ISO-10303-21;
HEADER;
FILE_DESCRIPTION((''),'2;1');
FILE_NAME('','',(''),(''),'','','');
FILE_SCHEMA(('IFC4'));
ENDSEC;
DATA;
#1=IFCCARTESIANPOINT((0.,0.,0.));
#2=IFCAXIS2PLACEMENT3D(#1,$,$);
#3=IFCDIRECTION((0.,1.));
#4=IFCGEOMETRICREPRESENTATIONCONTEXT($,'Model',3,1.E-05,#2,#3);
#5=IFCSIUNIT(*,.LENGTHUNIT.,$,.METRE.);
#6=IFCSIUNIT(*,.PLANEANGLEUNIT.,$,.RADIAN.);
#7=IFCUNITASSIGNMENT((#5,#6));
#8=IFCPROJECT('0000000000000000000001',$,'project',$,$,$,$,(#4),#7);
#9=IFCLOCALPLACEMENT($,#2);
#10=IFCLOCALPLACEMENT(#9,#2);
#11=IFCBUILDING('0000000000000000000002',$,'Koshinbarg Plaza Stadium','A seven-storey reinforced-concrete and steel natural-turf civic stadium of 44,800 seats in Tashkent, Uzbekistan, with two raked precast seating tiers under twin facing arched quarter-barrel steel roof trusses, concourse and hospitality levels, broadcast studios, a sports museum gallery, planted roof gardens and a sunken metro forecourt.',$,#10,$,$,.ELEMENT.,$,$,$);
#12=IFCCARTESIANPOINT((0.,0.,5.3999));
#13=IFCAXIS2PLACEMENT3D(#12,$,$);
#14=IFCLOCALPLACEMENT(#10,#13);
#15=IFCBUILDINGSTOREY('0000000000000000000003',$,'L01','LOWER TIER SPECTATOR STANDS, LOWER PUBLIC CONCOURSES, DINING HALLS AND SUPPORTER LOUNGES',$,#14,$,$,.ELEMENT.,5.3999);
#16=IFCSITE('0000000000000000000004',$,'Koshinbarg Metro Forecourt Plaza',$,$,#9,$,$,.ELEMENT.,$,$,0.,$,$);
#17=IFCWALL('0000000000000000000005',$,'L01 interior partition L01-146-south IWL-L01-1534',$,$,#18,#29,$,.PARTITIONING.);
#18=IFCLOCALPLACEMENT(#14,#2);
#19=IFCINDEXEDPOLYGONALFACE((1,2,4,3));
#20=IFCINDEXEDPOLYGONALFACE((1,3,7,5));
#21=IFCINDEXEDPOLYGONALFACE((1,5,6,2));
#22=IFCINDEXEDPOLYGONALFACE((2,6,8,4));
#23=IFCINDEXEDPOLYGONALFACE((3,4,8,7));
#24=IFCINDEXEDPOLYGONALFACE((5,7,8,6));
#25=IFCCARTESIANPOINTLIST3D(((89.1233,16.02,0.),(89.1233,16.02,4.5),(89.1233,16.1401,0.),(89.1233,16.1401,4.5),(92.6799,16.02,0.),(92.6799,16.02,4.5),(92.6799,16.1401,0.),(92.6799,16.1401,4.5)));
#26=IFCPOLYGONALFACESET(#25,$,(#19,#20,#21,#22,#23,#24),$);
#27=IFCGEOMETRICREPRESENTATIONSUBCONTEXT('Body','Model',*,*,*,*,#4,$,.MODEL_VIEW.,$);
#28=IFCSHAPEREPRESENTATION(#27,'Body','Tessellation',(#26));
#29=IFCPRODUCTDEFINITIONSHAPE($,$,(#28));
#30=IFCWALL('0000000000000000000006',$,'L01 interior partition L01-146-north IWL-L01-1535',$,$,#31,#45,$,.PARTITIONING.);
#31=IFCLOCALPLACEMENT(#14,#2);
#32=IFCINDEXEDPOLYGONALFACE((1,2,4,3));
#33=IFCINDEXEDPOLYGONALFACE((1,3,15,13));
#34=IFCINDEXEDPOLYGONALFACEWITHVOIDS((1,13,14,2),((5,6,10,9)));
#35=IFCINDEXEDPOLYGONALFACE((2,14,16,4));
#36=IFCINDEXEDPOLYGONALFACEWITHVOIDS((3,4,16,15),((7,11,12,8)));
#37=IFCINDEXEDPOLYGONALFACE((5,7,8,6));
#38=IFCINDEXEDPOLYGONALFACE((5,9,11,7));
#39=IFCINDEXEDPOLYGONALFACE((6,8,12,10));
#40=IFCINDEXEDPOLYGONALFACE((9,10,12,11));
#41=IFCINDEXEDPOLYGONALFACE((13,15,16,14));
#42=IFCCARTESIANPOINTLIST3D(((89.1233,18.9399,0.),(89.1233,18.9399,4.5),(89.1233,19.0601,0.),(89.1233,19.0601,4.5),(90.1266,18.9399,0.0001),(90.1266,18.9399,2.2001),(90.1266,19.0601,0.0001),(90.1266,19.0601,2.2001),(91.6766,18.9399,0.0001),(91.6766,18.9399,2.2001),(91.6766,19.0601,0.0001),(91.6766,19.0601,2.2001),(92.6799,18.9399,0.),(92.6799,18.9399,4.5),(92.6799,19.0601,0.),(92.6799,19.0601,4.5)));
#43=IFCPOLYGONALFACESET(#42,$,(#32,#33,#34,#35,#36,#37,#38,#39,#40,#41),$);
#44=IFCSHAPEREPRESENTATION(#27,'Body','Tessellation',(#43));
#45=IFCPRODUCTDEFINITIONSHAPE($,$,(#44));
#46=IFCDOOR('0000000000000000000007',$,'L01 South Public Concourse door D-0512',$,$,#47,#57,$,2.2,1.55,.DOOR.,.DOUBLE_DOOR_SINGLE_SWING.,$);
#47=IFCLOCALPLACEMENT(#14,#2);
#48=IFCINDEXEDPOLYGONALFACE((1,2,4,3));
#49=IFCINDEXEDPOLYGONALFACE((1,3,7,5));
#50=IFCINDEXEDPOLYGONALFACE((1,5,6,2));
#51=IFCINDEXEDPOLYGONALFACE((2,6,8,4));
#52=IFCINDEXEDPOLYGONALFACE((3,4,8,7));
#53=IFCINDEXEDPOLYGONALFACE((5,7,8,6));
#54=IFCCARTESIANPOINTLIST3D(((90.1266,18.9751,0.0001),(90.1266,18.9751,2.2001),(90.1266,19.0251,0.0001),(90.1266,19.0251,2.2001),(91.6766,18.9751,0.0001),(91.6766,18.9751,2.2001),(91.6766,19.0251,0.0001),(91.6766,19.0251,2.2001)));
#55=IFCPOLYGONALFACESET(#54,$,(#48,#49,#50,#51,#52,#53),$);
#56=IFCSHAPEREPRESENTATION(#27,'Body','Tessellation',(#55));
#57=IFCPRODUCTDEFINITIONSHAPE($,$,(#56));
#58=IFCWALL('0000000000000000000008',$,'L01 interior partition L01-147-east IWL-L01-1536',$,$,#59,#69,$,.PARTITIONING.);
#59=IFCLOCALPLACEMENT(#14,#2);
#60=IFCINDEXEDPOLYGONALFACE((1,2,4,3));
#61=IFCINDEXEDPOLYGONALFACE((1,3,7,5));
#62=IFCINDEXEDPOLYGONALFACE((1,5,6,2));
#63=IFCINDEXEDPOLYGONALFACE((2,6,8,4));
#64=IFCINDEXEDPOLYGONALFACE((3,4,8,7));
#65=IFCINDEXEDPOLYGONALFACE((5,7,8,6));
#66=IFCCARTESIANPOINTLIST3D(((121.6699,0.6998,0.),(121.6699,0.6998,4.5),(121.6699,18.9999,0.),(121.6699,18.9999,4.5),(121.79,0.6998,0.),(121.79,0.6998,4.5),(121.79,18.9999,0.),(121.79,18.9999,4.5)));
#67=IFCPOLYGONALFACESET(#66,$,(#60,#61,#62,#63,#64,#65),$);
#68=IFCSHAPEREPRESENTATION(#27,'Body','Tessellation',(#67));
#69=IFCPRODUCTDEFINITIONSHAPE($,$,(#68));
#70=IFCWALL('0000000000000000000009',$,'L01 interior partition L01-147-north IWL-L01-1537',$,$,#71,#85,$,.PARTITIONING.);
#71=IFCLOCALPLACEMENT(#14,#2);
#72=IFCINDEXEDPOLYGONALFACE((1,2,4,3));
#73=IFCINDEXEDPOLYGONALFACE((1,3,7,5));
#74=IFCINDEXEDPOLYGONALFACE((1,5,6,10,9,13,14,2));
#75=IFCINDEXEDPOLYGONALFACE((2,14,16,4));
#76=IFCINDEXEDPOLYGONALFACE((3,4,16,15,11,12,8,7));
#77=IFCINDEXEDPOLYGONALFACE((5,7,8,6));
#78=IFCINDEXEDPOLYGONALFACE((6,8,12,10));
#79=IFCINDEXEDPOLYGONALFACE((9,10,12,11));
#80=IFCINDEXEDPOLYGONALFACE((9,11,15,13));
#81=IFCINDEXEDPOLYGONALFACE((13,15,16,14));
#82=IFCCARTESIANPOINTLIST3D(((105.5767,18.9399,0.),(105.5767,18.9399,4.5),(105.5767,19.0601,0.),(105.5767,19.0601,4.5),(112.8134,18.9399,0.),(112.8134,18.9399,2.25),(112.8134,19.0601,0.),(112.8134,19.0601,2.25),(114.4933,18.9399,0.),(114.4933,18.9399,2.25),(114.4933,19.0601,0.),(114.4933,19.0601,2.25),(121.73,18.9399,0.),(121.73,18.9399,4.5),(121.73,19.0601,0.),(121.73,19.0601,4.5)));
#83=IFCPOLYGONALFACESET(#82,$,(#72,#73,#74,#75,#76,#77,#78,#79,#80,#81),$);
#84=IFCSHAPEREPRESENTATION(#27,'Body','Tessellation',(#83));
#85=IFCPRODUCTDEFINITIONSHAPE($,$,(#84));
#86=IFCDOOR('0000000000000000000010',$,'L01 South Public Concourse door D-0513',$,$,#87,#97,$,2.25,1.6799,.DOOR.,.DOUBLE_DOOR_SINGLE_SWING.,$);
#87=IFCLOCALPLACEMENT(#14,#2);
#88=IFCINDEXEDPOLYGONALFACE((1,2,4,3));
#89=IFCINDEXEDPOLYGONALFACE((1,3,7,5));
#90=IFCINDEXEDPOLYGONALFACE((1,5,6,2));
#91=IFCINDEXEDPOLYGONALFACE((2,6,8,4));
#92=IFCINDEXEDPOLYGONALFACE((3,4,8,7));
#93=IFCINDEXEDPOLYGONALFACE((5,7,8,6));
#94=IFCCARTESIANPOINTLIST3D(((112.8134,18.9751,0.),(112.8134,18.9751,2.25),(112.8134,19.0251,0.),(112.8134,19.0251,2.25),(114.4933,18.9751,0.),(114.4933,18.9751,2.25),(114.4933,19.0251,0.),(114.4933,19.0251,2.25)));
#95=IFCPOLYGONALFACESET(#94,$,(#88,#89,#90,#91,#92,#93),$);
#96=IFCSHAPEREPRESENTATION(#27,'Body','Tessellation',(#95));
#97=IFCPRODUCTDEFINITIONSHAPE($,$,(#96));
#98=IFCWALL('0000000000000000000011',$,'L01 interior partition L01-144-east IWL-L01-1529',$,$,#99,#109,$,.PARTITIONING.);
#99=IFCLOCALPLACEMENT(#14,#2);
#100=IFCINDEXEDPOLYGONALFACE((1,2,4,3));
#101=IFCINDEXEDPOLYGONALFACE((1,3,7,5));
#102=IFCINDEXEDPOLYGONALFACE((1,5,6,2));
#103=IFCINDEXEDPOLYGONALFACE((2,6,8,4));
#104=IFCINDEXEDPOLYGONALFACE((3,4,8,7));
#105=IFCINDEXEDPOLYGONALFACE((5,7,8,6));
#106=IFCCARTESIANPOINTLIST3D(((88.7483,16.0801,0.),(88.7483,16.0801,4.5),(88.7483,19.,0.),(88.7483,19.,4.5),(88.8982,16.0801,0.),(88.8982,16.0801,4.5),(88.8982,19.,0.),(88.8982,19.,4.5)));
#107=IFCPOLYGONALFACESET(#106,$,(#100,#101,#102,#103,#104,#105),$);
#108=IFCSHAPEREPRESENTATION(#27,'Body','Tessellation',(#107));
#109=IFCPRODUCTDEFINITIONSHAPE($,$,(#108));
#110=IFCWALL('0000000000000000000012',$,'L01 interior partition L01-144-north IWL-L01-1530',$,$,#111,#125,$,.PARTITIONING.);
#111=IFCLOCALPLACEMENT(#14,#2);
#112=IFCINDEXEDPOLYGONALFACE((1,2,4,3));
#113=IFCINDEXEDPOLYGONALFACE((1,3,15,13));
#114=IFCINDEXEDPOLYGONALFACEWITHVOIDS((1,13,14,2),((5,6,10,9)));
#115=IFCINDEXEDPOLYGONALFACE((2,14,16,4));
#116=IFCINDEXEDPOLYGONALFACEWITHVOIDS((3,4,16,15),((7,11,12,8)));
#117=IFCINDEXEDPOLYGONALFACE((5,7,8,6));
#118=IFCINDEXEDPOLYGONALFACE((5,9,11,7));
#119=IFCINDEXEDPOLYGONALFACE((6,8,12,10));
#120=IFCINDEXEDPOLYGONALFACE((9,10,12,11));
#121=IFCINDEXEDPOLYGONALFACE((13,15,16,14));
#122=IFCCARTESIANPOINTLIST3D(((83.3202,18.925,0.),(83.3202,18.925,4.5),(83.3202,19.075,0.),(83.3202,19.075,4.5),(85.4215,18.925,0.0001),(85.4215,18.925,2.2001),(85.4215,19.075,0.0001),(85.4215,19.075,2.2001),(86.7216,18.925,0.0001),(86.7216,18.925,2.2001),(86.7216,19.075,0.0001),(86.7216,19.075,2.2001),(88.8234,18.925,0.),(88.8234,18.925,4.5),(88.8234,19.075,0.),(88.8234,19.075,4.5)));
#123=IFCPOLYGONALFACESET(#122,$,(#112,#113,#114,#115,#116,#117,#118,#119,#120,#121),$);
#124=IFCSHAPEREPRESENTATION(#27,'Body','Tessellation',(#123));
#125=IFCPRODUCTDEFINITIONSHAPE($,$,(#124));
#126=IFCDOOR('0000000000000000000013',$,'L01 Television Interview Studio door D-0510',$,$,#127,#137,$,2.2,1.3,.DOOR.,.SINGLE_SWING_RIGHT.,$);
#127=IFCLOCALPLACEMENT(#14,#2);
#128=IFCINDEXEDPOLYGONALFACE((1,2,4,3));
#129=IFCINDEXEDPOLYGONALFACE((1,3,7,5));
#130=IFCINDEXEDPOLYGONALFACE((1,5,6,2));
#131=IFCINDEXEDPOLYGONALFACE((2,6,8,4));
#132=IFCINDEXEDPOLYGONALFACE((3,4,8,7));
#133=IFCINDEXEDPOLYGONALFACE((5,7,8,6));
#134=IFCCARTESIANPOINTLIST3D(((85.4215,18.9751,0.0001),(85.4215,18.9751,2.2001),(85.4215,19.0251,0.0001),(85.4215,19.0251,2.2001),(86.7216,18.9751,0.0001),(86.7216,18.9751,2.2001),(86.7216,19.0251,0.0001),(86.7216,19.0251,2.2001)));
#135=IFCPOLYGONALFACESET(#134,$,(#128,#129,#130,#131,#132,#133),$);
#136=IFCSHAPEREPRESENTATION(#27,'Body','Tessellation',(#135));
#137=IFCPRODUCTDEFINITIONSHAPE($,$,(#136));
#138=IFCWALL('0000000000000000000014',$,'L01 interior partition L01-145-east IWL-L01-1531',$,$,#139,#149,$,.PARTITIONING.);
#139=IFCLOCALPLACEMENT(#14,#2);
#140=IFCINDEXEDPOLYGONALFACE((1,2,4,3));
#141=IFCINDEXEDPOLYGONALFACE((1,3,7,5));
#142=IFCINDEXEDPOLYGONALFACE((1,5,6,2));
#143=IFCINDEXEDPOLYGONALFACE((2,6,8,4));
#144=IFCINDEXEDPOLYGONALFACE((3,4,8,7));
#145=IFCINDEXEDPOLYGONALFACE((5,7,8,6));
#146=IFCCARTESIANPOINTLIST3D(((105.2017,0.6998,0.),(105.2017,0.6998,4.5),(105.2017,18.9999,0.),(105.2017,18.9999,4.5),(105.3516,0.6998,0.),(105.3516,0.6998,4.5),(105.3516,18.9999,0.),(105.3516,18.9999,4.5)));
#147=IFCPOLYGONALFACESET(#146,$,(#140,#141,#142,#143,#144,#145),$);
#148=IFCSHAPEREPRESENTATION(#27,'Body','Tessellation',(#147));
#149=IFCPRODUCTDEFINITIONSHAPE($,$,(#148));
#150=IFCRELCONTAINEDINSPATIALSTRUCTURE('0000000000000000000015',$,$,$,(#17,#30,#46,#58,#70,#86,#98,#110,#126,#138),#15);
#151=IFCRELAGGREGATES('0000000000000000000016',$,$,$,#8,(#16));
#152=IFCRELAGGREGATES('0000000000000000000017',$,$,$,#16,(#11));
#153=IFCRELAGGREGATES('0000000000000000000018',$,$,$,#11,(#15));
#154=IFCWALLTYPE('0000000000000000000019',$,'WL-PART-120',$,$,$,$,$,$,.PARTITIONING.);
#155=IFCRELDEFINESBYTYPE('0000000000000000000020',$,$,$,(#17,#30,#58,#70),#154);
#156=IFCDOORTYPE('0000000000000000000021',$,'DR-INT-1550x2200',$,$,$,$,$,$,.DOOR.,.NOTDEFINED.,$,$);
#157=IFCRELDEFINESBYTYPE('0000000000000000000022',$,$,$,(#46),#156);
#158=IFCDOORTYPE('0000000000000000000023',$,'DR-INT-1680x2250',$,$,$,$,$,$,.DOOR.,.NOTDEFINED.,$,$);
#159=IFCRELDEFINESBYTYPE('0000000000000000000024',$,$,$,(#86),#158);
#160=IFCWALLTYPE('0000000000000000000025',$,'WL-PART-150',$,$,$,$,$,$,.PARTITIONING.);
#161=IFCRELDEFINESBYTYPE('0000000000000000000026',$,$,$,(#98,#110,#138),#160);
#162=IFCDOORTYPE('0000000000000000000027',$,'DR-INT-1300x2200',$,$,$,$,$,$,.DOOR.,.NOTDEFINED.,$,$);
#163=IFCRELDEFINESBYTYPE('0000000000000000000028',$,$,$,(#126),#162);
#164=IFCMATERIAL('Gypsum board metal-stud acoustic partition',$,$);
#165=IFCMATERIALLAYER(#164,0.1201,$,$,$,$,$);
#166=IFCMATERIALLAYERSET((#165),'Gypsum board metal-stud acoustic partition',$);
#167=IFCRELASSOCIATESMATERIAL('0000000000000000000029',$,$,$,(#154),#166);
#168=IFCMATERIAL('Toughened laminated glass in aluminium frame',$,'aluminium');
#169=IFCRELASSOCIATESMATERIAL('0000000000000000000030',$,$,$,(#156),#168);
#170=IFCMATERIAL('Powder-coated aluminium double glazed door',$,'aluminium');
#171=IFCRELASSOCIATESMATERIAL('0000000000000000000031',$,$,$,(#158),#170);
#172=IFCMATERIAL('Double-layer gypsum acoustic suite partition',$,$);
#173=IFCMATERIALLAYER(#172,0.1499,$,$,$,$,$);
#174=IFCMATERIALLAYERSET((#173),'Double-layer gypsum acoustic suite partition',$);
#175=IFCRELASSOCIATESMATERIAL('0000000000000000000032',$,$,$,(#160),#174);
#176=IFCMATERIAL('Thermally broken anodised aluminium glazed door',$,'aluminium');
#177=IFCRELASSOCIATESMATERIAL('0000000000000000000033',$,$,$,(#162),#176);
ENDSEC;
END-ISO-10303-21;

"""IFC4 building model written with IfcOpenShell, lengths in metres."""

from ifc_helpers import new_model, si_unit, direction, frame, frame_2d, origin, place, context, subcontext, project, spatial, rectangle, extrude, material, layer, layer_set, type_object, element, fill, save


model = new_model("IFC4")

# Units and contexts
model_context = context("Model", 3, precision=1e-05, world=origin(), true_north=direction((0.0, 1.0)))
body_context = subcontext(model_context, "Body", "Model", "MODEL_VIEW")
ifc_project = project(units=[si_unit("LENGTHUNIT", "METRE"), si_unit("PLANEANGLEUNIT", "RADIAN")], contexts=[model_context])

# Site, building, storey
site_placement = place(None, origin())
site = spatial("IfcSite", under=ifc_project, at=site_placement, Name="Koshinbarg Metro Forecourt Plaza", CompositionType="ELEMENT", RefElevation=0.0)
building_placement = place(site_placement, origin())
building = spatial("IfcBuilding", under=site, at=building_placement, Name="Koshinbarg Plaza Stadium", Description="A seven-storey reinforced-concrete and steel natural-turf civic stadium of 44,800 seats in Tashkent, Uzbekistan, with two raked precast seating tiers under twin facing arched quarter-barrel steel roof trusses, concourse and hospitality levels, broadcast studios, a sports museum gallery, planted roof gardens and a sunken metro forecourt.", CompositionType="ELEMENT")
storey_placement = place(building_placement, frame((0.0, 0.0, 5.3999)))
storey = spatial("IfcBuildingStorey", under=building, at=storey_placement, Name="L01", Description="LOWER TIER SPECTATOR STANDS, LOWER PUBLIC CONCOURSES, DINING HALLS AND SUPPORTER LOUNGES", CompositionType="ELEMENT", Elevation=5.3999)

# Wall
ifc_material_1 = material(Name="Gypsum board metal-stud acoustic partition")
ifc_layer_1 = layer(ifc_material_1, 0.1201)
ifc_layer_set_1 = layer_set([ifc_layer_1], Name="Gypsum board metal-stud acoustic partition")
wall_type_1 = type_object("IfcWallType", Name="WL-PART-120", PredefinedType="PARTITIONING", material=ifc_layer_set_1)
wall_1_placement = place(storey_placement, frame((89.1233, 16.0801, 0.0), z_axis=(0.0, 0.0, 1.0), x_axis=(1.0, 0.0, 0.0)))
element("IfcWall", 1, at=wall_1_placement, inside=storey, type_object=wall_type_1, Name="L01 interior partition L01-146-south IWL-L01-1534", PredefinedType="PARTITIONING", context=body_context, shape_type="SweptSolid", body=[
    extrude(rectangle(XDim=3.5566, YDim=0.1201, at=frame_2d((1.7783, 0.0))), origin(), (0.0, 0.0, 1.0), 4.5),
])

# Wall, opening, door
wall_2_placement = place(storey_placement, frame((92.6799, 19.0, 0.0), z_axis=(0.0, 0.0, 1.0), x_axis=(-1.0, 0.0, 0.0)))
wall_2 = element("IfcWall", 2, at=wall_2_placement, inside=storey, type_object=wall_type_1, Name="L01 interior partition L01-146-north IWL-L01-1535", PredefinedType="PARTITIONING", context=body_context, shape_type="SweptSolid", body=[
    extrude(rectangle(XDim=3.5566, YDim=0.1201, at=frame_2d((1.7783, 0.0))), origin(), (0.0, 0.0, 1.0), 4.5),
])
opening_1_placement = place(wall_2_placement, frame((1.0034, 0.0, 0.0)))
opening_1 = element("IfcOpeningElement", 3, at=opening_1_placement, cuts=wall_2, PredefinedType="OPENING", context=body_context, shape_type="SweptSolid", body=[
    extrude(rectangle(XDim=1.55, YDim=2.2, at=frame_2d((0.7749, 1.1001))), frame((0.0, 0.0701, 0.0), z_axis=(0.0, -1.0, 0.0), x_axis=(1.0, 0.0, 0.0)), (0.0, 0.0, 1.0), 0.1401),
])
ifc_material_2 = material(Name="Toughened laminated glass in aluminium frame", Category="aluminium")
door_type_1 = type_object("IfcDoorType", Name="DR-INT-1550x2200", OperationType="NOTDEFINED", PredefinedType="DOOR", material=ifc_material_2)
door_1_placement = place(opening_1_placement, origin())
door_1 = element("IfcDoor", 4, at=door_1_placement, inside=storey, type_object=door_type_1, Name="L01 South Public Concourse door D-0512", OperationType="DOUBLE_DOOR_SINGLE_SWING", OverallHeight=2.2, OverallWidth=1.55, PredefinedType="DOOR", context=body_context, shape_type="SweptSolid", body=[
    extrude(rectangle(XDim=1.55, YDim=2.2, at=frame_2d((0.7749, 1.1001))), frame((0.0, 0.0249, 0.0), z_axis=(0.0, -1.0, 0.0), x_axis=(1.0, 0.0, 0.0)), (0.0, 0.0, 1.0), 0.05),
])
fill(opening_1, door_1)

# Wall
wall_3_placement = place(storey_placement, frame((121.73, 0.7, 0.0), z_axis=(0.0, 0.0, 1.0), x_axis=(0.0, 1.0, 0.0)))
element("IfcWall", 5, at=wall_3_placement, inside=storey, type_object=wall_type_1, Name="L01 interior partition L01-147-east IWL-L01-1536", PredefinedType="PARTITIONING", context=body_context, shape_type="SweptSolid", body=[
    extrude(rectangle(XDim=18.3, YDim=0.1201, at=frame_2d((9.1499, 0.0))), origin(), (0.0, 0.0, 1.0), 4.5),
])

# Wall, opening, door
wall_4_placement = place(storey_placement, frame((121.73, 19.0, 0.0), z_axis=(0.0, 0.0, 1.0), x_axis=(-1.0, 0.0, 0.0)))
wall_4 = element("IfcWall", 6, at=wall_4_placement, inside=storey, type_object=wall_type_1, Name="L01 interior partition L01-147-north IWL-L01-1537", PredefinedType="PARTITIONING", context=body_context, shape_type="SweptSolid", body=[
    extrude(rectangle(XDim=16.1533, YDim=0.1201, at=frame_2d((8.0767, 0.0))), origin(), (0.0, 0.0, 1.0), 4.5),
])
opening_2_placement = place(wall_4_placement, frame((7.2368, 0.0, 0.0)))
opening_2 = element("IfcOpeningElement", 7, at=opening_2_placement, cuts=wall_4, PredefinedType="OPENING", context=body_context, shape_type="SweptSolid", body=[
    extrude(rectangle(XDim=1.6799, YDim=2.25, at=frame_2d((0.8398, 1.125))), frame((0.0, 0.0701, 0.0), z_axis=(0.0, -1.0, 0.0), x_axis=(1.0, 0.0, 0.0)), (0.0, 0.0, 1.0), 0.1401),
])
ifc_material_3 = material(Name="Powder-coated aluminium double glazed door", Category="aluminium")
door_type_2 = type_object("IfcDoorType", Name="DR-INT-1680x2250", OperationType="NOTDEFINED", PredefinedType="DOOR", material=ifc_material_3)
door_2_placement = place(opening_2_placement, origin())
door_2 = element("IfcDoor", 8, at=door_2_placement, inside=storey, type_object=door_type_2, Name="L01 South Public Concourse door D-0513", OperationType="DOUBLE_DOOR_SINGLE_SWING", OverallHeight=2.25, OverallWidth=1.6799, PredefinedType="DOOR", context=body_context, shape_type="SweptSolid", body=[
    extrude(rectangle(XDim=1.6799, YDim=2.25, at=frame_2d((0.8398, 1.125))), frame((0.0, 0.0249, 0.0), z_axis=(0.0, -1.0, 0.0), x_axis=(1.0, 0.0, 0.0)), (0.0, 0.0, 1.0), 0.05),
])
fill(opening_2, door_2)

# Wall
ifc_material_4 = material(Name="Double-layer gypsum acoustic suite partition")
ifc_layer_2 = layer(ifc_material_4, 0.1499)
ifc_layer_set_2 = layer_set([ifc_layer_2], Name="Double-layer gypsum acoustic suite partition")
wall_type_2 = type_object("IfcWallType", Name="WL-PART-150", PredefinedType="PARTITIONING", material=ifc_layer_set_2)
wall_5_placement = place(storey_placement, frame((88.8232, 16.0801, 0.0), z_axis=(0.0, 0.0, 1.0), x_axis=(0.0, 1.0, 0.0)))
element("IfcWall", 9, at=wall_5_placement, inside=storey, type_object=wall_type_2, Name="L01 interior partition L01-144-east IWL-L01-1529", PredefinedType="PARTITIONING", context=body_context, shape_type="SweptSolid", body=[
    extrude(rectangle(XDim=2.9199, YDim=0.1499, at=frame_2d((1.46, 0.0))), origin(), (0.0, 0.0, 1.0), 4.5),
])

# Wall, opening, door
wall_6_placement = place(storey_placement, frame((88.8232, 19.0, 0.0), z_axis=(0.0, 0.0, 1.0), x_axis=(-1.0, 0.0, 0.0)))
wall_6 = element("IfcWall", 10, at=wall_6_placement, inside=storey, type_object=wall_type_2, Name="L01 interior partition L01-144-north IWL-L01-1530", PredefinedType="PARTITIONING", context=body_context, shape_type="SweptSolid", body=[
    extrude(rectangle(XDim=5.5032, YDim=0.1499, at=frame_2d((2.7515, 0.0))), origin(), (0.0, 0.0, 1.0), 4.5),
])
opening_3_placement = place(wall_6_placement, frame((2.1018, 0.0, 0.0)))
opening_3 = element("IfcOpeningElement", 11, at=opening_3_placement, cuts=wall_6, PredefinedType="OPENING", context=body_context, shape_type="SweptSolid", body=[
    extrude(rectangle(XDim=1.3, YDim=2.2, at=frame_2d((0.6499, 1.1001))), frame((0.0, 0.085, 0.0), z_axis=(0.0, -1.0, 0.0), x_axis=(1.0, 0.0, 0.0)), (0.0, 0.0, 1.0), 0.1699),
])
ifc_material_5 = material(Name="Thermally broken anodised aluminium glazed door", Category="aluminium")
door_type_3 = type_object("IfcDoorType", Name="DR-INT-1300x2200", OperationType="NOTDEFINED", PredefinedType="DOOR", material=ifc_material_5)
door_3_placement = place(opening_3_placement, origin())
door_3 = element("IfcDoor", 12, at=door_3_placement, inside=storey, type_object=door_type_3, Name="L01 Television Interview Studio door D-0510", OperationType="SINGLE_SWING_RIGHT", OverallHeight=2.2, OverallWidth=1.3, PredefinedType="DOOR", context=body_context, shape_type="SweptSolid", body=[
    extrude(rectangle(XDim=1.3, YDim=2.2, at=frame_2d((0.6499, 1.1001))), frame((0.0, 0.0249, 0.0), z_axis=(0.0, -1.0, 0.0), x_axis=(1.0, 0.0, 0.0)), (0.0, 0.0, 1.0), 0.05),
])
fill(opening_3, door_3)

# Wall
wall_7_placement = place(storey_placement, frame((105.2766, 0.7, 0.0), z_axis=(0.0, 0.0, 1.0), x_axis=(0.0, 1.0, 0.0)))
element("IfcWall", 13, at=wall_7_placement, inside=storey, type_object=wall_type_2, Name="L01 interior partition L01-145-east IWL-L01-1531", PredefinedType="PARTITIONING", context=body_context, shape_type="SweptSolid", body=[
    extrude(rectangle(XDim=18.3, YDim=0.1499, at=frame_2d((9.1499, 0.0))), origin(), (0.0, 0.0, 1.0), 4.5),
])

save(model, "model.ifc")
